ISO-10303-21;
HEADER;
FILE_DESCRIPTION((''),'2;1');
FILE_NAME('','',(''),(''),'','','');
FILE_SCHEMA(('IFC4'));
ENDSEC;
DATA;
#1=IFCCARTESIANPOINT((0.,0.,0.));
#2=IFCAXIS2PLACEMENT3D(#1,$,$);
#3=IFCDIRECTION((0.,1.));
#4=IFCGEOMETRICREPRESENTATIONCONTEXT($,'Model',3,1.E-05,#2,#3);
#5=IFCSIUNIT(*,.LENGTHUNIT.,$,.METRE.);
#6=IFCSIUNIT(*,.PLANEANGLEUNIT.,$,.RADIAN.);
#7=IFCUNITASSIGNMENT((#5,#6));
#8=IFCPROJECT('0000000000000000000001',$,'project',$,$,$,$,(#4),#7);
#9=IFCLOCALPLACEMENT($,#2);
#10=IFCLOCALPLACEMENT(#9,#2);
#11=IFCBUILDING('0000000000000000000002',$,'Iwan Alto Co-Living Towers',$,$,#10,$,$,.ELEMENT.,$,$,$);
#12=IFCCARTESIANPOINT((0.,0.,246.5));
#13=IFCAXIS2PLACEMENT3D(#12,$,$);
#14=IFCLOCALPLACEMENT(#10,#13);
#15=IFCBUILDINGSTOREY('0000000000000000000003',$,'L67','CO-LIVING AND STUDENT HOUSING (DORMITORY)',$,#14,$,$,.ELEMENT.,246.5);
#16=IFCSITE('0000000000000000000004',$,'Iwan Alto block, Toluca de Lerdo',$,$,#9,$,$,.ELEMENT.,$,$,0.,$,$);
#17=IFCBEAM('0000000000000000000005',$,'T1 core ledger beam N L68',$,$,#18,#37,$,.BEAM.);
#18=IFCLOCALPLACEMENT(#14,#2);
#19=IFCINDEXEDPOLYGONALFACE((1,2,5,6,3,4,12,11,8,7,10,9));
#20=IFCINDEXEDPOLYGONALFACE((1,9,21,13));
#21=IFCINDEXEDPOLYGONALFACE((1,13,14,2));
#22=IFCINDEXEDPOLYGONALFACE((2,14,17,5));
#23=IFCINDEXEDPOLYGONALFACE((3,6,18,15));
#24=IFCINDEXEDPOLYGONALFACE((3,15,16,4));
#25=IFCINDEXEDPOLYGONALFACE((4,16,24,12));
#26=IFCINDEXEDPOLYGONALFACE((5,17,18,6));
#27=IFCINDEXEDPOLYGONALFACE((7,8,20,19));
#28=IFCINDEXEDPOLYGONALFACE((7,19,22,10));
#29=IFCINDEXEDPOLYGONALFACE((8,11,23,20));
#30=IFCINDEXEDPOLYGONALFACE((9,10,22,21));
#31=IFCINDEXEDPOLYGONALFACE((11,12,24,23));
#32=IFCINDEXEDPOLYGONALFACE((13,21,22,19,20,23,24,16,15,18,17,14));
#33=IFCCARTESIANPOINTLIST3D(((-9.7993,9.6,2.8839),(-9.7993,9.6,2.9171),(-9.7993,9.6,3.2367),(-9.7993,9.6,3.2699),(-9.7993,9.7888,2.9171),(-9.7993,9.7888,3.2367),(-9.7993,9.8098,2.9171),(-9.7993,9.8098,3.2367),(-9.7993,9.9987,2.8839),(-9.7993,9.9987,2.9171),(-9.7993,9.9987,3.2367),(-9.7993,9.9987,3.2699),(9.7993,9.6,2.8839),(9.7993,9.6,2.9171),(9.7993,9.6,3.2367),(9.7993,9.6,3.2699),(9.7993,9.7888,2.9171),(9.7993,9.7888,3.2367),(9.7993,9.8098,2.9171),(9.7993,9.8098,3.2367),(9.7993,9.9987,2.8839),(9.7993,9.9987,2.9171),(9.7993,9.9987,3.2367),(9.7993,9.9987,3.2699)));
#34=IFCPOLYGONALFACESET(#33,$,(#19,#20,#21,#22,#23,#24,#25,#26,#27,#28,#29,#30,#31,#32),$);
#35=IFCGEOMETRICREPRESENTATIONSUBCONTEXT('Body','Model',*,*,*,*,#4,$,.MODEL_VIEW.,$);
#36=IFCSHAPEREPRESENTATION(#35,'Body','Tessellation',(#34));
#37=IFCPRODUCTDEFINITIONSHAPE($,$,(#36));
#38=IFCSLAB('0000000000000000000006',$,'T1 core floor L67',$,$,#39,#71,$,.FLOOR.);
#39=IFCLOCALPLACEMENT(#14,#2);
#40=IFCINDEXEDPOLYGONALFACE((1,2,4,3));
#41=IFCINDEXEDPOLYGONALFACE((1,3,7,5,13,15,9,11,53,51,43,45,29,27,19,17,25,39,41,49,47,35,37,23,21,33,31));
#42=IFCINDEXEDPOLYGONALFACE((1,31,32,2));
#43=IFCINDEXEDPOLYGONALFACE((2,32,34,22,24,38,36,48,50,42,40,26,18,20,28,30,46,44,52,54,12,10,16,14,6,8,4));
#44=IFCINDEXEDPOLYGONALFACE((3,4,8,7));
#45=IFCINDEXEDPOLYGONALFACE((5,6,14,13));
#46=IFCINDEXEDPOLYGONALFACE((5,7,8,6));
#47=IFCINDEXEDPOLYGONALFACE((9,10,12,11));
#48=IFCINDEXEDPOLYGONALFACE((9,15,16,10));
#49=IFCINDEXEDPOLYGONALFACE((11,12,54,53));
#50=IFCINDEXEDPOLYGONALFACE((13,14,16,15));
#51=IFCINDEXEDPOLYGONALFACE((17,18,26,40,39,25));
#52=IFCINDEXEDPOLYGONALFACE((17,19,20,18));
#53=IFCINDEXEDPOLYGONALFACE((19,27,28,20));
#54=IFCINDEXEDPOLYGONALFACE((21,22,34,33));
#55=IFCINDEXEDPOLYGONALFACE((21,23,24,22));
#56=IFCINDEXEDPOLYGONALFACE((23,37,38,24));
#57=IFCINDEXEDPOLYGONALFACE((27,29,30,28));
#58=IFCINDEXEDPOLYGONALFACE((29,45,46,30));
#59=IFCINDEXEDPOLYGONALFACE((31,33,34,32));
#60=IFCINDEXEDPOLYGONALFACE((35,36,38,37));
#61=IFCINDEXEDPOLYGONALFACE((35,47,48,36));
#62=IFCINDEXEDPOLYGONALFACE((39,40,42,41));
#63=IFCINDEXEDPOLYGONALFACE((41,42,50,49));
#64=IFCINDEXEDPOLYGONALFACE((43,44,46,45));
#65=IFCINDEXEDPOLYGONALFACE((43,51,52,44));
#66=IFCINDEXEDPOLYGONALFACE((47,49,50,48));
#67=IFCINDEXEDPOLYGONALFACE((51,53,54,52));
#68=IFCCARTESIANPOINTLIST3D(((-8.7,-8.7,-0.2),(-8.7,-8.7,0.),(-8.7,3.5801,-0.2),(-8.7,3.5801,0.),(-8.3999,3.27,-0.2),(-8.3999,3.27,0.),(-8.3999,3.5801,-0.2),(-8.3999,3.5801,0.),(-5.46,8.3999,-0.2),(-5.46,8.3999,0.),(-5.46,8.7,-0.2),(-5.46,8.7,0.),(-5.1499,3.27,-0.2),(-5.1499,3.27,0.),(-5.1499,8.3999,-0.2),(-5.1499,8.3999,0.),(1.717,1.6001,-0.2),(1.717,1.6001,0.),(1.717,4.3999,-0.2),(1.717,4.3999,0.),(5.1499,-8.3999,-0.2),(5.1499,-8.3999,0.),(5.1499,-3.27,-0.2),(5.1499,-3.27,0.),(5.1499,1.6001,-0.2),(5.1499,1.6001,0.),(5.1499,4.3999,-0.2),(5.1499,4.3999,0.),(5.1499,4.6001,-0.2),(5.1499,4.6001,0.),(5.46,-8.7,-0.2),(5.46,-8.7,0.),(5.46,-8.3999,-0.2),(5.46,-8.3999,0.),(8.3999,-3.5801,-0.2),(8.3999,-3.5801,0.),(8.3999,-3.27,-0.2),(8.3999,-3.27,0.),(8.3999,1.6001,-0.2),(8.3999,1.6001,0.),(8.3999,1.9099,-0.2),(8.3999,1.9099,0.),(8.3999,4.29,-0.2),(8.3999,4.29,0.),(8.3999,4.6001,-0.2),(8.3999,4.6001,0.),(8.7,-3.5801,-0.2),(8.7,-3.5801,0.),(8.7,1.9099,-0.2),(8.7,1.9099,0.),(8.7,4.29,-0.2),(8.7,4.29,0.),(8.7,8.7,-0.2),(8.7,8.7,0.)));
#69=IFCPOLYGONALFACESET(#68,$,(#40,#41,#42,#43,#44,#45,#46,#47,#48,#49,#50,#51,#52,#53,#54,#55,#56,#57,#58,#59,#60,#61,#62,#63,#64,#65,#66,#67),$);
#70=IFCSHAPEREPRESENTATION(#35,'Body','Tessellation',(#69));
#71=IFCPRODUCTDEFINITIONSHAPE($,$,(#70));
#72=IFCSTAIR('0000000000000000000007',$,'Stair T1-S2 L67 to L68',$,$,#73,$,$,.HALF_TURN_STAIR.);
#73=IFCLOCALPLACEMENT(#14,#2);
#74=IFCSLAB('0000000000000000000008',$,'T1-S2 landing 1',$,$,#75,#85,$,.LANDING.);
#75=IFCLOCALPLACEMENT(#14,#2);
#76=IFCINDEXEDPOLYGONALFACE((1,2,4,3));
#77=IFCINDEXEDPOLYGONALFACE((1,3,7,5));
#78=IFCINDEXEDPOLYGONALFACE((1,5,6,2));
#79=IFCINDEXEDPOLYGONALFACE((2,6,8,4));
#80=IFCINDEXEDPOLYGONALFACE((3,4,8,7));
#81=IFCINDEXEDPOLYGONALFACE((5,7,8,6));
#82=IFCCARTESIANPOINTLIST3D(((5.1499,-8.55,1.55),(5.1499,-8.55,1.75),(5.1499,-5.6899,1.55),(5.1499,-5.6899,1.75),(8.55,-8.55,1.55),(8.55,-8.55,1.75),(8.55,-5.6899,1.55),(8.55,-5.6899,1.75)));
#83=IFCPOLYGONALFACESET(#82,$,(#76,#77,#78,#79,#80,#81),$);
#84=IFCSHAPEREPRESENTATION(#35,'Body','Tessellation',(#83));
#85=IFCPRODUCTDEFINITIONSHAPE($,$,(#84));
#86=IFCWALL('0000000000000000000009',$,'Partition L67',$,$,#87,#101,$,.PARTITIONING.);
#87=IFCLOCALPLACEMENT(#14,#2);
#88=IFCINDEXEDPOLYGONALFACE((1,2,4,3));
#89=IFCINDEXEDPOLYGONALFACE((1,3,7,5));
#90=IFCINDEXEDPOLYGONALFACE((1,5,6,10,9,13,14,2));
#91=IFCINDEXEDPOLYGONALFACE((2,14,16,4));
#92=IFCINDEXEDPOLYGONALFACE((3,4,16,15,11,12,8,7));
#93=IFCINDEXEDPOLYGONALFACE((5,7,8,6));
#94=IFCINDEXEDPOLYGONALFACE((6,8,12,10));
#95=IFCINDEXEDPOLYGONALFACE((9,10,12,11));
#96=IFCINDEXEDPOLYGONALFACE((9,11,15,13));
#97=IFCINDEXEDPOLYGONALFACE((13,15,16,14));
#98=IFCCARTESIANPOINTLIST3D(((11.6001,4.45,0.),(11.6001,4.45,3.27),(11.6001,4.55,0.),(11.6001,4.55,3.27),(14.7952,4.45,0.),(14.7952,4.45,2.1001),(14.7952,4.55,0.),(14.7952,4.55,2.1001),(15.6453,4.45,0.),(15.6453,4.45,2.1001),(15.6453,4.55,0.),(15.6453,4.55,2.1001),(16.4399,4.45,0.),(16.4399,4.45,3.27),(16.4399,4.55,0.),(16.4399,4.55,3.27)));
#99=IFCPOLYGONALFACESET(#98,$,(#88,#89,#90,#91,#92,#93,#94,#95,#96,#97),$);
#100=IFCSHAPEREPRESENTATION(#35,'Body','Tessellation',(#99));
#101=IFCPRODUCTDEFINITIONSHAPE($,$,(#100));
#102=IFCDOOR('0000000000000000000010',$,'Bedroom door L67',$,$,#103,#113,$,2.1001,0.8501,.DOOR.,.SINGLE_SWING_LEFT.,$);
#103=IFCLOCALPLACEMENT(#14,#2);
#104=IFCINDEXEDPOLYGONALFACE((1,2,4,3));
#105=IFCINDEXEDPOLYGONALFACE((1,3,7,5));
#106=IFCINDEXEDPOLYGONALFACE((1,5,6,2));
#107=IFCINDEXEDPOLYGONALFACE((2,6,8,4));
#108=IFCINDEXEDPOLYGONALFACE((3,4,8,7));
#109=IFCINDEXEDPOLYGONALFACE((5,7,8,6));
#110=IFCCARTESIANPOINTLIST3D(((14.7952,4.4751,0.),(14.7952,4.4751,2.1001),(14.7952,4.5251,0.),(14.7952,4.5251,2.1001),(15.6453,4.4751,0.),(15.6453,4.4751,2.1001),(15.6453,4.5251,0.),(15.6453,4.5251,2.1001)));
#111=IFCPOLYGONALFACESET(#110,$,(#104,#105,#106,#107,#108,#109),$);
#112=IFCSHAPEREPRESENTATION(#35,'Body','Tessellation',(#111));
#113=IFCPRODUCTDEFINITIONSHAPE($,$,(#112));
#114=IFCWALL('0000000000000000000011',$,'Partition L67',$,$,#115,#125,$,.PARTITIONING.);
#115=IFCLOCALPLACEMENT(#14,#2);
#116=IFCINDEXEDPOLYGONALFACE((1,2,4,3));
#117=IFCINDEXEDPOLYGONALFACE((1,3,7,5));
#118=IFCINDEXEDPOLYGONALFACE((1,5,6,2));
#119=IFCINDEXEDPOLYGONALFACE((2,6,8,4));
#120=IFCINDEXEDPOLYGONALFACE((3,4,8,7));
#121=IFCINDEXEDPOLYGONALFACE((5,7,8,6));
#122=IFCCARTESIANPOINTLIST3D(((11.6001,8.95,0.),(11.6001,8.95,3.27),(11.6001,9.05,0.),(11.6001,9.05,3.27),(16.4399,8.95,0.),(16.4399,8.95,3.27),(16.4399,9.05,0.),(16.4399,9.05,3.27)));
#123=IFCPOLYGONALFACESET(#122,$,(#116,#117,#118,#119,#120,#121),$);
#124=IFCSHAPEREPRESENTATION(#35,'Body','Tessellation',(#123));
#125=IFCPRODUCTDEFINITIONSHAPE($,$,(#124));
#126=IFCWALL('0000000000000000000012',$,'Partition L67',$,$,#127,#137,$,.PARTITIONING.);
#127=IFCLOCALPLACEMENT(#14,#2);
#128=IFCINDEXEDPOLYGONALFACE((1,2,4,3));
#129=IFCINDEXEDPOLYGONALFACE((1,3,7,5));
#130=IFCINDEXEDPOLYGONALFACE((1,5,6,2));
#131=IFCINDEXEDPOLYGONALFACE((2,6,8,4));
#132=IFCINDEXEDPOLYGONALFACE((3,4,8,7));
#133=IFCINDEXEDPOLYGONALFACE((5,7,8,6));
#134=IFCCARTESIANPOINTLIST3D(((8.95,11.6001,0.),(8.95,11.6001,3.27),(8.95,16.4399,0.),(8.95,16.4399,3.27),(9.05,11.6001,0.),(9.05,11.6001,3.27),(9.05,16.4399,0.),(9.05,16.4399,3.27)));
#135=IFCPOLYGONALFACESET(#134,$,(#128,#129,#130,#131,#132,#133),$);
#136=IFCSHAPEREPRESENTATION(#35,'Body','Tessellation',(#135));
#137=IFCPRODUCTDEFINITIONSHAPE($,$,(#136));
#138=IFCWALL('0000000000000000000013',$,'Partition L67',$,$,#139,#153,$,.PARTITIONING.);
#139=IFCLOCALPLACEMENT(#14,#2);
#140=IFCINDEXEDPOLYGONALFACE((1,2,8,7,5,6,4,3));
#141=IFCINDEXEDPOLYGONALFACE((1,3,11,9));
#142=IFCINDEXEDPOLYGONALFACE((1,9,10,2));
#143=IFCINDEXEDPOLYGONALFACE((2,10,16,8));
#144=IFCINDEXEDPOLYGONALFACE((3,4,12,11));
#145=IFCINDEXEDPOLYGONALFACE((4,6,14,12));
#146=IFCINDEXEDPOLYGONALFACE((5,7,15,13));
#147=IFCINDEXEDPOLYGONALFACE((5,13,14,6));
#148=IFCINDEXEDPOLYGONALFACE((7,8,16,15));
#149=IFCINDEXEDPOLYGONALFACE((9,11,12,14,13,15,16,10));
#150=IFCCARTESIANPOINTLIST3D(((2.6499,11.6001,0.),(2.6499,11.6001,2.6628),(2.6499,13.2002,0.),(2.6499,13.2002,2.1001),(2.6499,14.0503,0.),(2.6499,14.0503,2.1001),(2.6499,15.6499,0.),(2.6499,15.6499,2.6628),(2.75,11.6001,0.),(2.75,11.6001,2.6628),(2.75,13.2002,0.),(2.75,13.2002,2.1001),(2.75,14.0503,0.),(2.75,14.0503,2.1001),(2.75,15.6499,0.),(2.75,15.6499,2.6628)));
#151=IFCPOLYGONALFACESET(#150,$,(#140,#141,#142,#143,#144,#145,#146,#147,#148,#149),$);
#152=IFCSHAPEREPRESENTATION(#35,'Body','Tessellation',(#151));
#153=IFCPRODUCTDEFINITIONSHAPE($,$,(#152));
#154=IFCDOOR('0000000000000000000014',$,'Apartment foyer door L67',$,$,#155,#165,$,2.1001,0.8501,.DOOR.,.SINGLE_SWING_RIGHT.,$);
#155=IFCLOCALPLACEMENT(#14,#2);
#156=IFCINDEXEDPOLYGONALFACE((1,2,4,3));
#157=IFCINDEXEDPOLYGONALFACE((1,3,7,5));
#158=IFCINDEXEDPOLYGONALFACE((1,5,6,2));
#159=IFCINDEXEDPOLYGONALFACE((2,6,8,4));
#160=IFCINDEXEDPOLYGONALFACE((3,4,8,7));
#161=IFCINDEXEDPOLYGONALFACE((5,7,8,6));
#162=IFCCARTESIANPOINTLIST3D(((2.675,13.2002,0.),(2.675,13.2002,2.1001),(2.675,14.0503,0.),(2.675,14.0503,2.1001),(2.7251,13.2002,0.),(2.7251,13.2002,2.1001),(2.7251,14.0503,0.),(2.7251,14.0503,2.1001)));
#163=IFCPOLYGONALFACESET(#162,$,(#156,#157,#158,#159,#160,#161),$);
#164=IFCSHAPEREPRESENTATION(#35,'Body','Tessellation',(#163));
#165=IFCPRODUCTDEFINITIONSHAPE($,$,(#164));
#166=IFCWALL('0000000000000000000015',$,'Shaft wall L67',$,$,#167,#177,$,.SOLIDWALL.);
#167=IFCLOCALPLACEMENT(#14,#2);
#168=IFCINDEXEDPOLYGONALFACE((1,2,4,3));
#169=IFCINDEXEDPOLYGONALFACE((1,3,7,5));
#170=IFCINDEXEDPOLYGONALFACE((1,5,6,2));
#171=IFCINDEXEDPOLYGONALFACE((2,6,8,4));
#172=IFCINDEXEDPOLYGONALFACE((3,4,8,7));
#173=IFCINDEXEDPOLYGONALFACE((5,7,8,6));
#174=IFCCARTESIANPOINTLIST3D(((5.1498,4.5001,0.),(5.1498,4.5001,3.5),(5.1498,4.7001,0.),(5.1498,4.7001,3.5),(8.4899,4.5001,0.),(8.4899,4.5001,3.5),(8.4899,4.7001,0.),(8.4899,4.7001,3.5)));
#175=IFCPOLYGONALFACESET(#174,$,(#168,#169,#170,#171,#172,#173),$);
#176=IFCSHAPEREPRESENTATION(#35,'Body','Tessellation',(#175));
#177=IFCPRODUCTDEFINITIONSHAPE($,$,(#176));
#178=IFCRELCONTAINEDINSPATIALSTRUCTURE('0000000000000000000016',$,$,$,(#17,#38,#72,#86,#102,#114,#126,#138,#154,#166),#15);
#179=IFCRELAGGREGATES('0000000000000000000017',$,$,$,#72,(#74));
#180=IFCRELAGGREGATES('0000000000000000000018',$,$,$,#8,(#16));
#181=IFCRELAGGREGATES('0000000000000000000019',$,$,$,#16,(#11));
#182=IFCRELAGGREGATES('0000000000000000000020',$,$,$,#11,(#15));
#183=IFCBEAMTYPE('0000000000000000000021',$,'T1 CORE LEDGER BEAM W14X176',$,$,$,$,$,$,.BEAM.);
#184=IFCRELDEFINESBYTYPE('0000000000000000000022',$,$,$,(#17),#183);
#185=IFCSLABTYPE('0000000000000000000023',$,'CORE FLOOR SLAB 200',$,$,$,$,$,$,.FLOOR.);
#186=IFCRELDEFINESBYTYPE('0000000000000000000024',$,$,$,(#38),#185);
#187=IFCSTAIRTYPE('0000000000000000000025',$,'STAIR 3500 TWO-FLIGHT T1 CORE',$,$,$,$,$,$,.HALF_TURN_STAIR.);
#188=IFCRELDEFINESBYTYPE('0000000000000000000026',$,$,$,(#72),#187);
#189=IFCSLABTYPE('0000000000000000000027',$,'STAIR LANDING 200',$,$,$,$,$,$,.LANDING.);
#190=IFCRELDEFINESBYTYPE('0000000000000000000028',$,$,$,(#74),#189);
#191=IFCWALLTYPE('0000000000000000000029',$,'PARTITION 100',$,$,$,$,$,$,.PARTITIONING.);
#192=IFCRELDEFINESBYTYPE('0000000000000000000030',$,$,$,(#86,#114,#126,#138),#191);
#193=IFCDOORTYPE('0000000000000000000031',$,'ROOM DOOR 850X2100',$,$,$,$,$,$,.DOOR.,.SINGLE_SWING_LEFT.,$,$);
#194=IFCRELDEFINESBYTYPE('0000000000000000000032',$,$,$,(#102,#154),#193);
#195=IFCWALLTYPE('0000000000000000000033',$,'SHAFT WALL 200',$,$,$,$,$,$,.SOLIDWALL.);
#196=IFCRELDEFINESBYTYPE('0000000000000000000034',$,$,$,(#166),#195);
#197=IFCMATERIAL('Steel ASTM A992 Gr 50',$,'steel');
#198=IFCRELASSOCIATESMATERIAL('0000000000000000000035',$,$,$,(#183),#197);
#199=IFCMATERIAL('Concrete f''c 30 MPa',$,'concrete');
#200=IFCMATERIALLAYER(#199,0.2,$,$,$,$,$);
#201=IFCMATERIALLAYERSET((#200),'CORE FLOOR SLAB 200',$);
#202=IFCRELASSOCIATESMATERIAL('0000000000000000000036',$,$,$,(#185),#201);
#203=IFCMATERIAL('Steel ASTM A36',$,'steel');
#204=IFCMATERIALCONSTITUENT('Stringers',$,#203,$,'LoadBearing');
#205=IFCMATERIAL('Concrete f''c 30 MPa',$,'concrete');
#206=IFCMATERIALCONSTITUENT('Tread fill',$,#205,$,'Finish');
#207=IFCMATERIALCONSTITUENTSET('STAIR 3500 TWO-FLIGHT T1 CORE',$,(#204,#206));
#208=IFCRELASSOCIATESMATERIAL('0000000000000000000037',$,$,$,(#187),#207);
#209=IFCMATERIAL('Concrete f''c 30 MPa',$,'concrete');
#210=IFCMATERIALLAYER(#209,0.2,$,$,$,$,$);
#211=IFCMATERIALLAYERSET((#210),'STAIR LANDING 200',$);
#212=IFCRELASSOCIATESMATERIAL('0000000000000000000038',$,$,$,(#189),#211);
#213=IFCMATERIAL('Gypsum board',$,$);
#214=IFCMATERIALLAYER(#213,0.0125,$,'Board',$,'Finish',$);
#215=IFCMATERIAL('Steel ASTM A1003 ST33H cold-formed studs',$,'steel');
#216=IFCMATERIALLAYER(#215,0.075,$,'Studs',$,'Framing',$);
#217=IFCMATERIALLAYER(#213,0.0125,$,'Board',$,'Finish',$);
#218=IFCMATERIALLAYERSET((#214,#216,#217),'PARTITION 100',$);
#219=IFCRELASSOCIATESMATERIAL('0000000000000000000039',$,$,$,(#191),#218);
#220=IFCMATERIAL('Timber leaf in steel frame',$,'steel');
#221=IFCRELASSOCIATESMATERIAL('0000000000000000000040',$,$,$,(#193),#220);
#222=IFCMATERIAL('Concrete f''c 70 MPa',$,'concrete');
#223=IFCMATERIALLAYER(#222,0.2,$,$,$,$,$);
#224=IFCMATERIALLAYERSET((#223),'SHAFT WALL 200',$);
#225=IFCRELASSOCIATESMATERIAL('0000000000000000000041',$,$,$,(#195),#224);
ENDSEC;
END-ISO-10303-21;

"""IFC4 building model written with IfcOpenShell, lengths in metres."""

from ifc_helpers import new_model, si_unit, direction, frame, frame_2d, origin, origin_2d, place, context, subcontext, project, spatial, polyline, rectangle, i_section, outline, extrude, material, layer, layer_set, constituent, constituent_set, material_profile, profile_set, type_object, element, fill, aggregate, save


model = new_model("IFC4")

# Units and contexts
model_context = context("Model", 3, precision=1e-05, world=origin(), true_north=direction((0.0, 1.0)))
body_context = subcontext(model_context, "Body", "Model", "MODEL_VIEW")
ifc_project = project(units=[si_unit("LENGTHUNIT", "METRE"), si_unit("PLANEANGLEUNIT", "RADIAN")], contexts=[model_context])

# Site, building, storey
site_placement = place(None, origin())
site = spatial("IfcSite", under=ifc_project, at=site_placement, Name="Iwan Alto block, Toluca de Lerdo", CompositionType="ELEMENT", RefElevation=0.0)
building_placement = place(site_placement, origin())
building = spatial("IfcBuilding", under=site, at=building_placement, Name="Iwan Alto Co-Living Towers", CompositionType="ELEMENT")
storey_placement = place(building_placement, frame((0.0, 0.0, 246.5)))
storey = spatial("IfcBuildingStorey", under=building, at=storey_placement, Name="L67", Description="CO-LIVING AND STUDENT HOUSING (DORMITORY)", CompositionType="ELEMENT", Elevation=246.5)

# Beam
ifc_material_1 = material(Name="Steel ASTM A992 Gr 50", Category="steel")
ifc_material_profile = material_profile(ifc_material_1, i_section(OverallWidth=0.3987, OverallDepth=0.386, WebThickness=0.021, FlangeThickness=0.0332, at=origin_2d()), Name="W14X176")
ifc_profile_set = profile_set([ifc_material_profile], Name="Steel ASTM A992 Gr 50")
beam_type = type_object("IfcBeamType", Name="T1 CORE LEDGER BEAM W14X176", PredefinedType="BEAM", material=ifc_profile_set)
beam_placement = place(storey_placement, frame((9.7993, 9.7993, 3.0769), z_axis=(-1.0, 0.0, 0.0), x_axis=(0.0, -1.0, 0.0)))
element("IfcBeam", 1, at=beam_placement, inside=storey, type_object=beam_type, Name="T1 core ledger beam N L68", PredefinedType="BEAM", context=body_context, shape_type="SweptSolid", body=[
    extrude(i_section(OverallWidth=0.3987, OverallDepth=0.386, WebThickness=0.021, FlangeThickness=0.0332, at=origin_2d()), origin(), (0.0, 0.0, 1.0), 19.5986),
])

# Slab
ifc_material_2 = material(Name="Concrete f'c 30 MPa", Category="concrete")
ifc_layer_1 = layer(ifc_material_2, 0.2)
ifc_layer_set_1 = layer_set([ifc_layer_1], Name="CORE FLOOR SLAB 200")
slab_type_1 = type_object("IfcSlabType", Name="CORE FLOOR SLAB 200", PredefinedType="FLOOR", material=ifc_layer_set_1)
slab_1_placement = place(storey_placement, frame((0.0, 0.0, -0.2)))
element("IfcSlab", 2, at=slab_1_placement, inside=storey, type_object=slab_type_1, Name="T1 core floor L67", PredefinedType="FLOOR", context=body_context, shape_type="SweptSolid", body=[
    extrude(outline(polyline([(-8.7, 3.5801), (-8.3999, 3.5801), (-8.3999, 3.27), (-5.1499, 3.27), (-5.1499, 8.3999), (-5.46, 8.3999), (-5.46, 8.7), (8.7, 8.7), (8.7, 4.29), (8.3999, 4.29), (8.3999, 4.6001), (5.1499, 4.6001), (5.1499, 4.3999), (1.717, 4.3999), (1.717, 1.6001), (5.1499, 1.6001), (8.3999, 1.6001), (8.3999, 1.9099), (8.7, 1.9099), (8.7, -3.5801), (8.3999, -3.5801), (8.3999, -3.27), (5.1499, -3.27), (5.1499, -8.3999), (5.46, -8.3999), (5.46, -8.7), (-8.7, -8.7), (-8.7, 3.5801)])), origin(), (0.0, 0.0, 1.0), 0.2),
])

# Stair, slab
ifc_material_3 = material(Name="Steel ASTM A36", Category="steel")
ifc_constituent_1 = constituent(ifc_material_3, Name="Stringers", Category="LoadBearing")
ifc_material_4 = material(Name="Concrete f'c 30 MPa", Category="concrete")
ifc_constituent_2 = constituent(ifc_material_4, Name="Tread fill", Category="Finish")
ifc_constituent_set = constituent_set(constituents=[ifc_constituent_1, ifc_constituent_2], Name="STAIR 3500 TWO-FLIGHT T1 CORE")
stair_type = type_object("IfcStairType", Name="STAIR 3500 TWO-FLIGHT T1 CORE", PredefinedType="HALF_TURN_STAIR", material=ifc_constituent_set)
stair_placement = place(storey_placement, origin())
stair = element("IfcStair", 3, at=stair_placement, inside=storey, type_object=stair_type, Name="Stair T1-S2 L67 to L68", PredefinedType="HALF_TURN_STAIR")
ifc_material_5 = material(Name="Concrete f'c 30 MPa", Category="concrete")
ifc_layer_2 = layer(ifc_material_5, 0.2)
ifc_layer_set_2 = layer_set([ifc_layer_2], Name="STAIR LANDING 200")
slab_type_2 = type_object("IfcSlabType", Name="STAIR LANDING 200", PredefinedType="LANDING", material=ifc_layer_set_2)
slab_2_placement = place(storey_placement, frame((0.0, 0.0, 1.55)))
slab_2 = element("IfcSlab", 4, at=slab_2_placement, type_object=slab_type_2, Name="T1-S2 landing 1", PredefinedType="LANDING", context=body_context, shape_type="SweptSolid", body=[
    extrude(outline(polyline([(5.1499, -5.6899), (5.1499, -8.55), (8.55, -8.55), (8.55, -5.6899), (5.1499, -5.6899)])), origin(), (0.0, 0.0, 1.0), 0.2),
])
aggregate(stair, [slab_2])

# Wall, opening, door
ifc_material_6 = material(Name="Gypsum board")
ifc_layer_3 = layer(ifc_material_6, 0.0125, Name="Board", Category="Finish")
ifc_material_7 = material(Name="Steel ASTM A1003 ST33H cold-formed studs", Category="steel")
ifc_layer_4 = layer(ifc_material_7, 0.075, Name="Studs", Category="Framing")
ifc_layer_5 = layer(ifc_material_6, 0.0125, Name="Board", Category="Finish")
ifc_layer_set_3 = layer_set([ifc_layer_3, ifc_layer_4, ifc_layer_5], Name="PARTITION 100")
wall_type_1 = type_object("IfcWallType", Name="PARTITION 100", PredefinedType="PARTITIONING", material=ifc_layer_set_3)
wall_1_placement = place(storey_placement, frame((11.6001, 4.5, 0.0), z_axis=(0.0, 0.0, 1.0), x_axis=(1.0, 0.0, 0.0)))
wall_1 = element("IfcWall", 5, at=wall_1_placement, inside=storey, type_object=wall_type_1, Name="Partition L67", PredefinedType="PARTITIONING", context=body_context, shape_type="SweptSolid", body=[
    extrude(rectangle(XDim=4.8398, YDim=0.1001, at=frame_2d((2.4199, 0.0))), origin(), (0.0, 0.0, 1.0), 3.27),
])
opening_1_placement = place(wall_1_placement, frame((3.1951, 0.0, 0.0)))
opening_1 = element("IfcOpeningElement", 6, at=opening_1_placement, cuts=wall_1, PredefinedType="OPENING", context=body_context, shape_type="SweptSolid", body=[
    extrude(rectangle(XDim=0.8501, YDim=2.1001, at=frame_2d((0.425, 1.05))), frame((0.0, 0.0601, 0.0), z_axis=(0.0, -1.0, 0.0), x_axis=(1.0, 0.0, 0.0)), (0.0, 0.0, 1.0), 0.1201),
])
ifc_material_8 = material(Name="Timber leaf in steel frame", Category="steel")
door_type_1 = type_object("IfcDoorType", Name="ROOM DOOR 850X2100", OperationType="SINGLE_SWING_LEFT", PredefinedType="DOOR", material=ifc_material_8)
door_1_placement = place(opening_1_placement, frame((0.8501, 0.0, 0.0), z_axis=(0.0, 0.0, 1.0), x_axis=(-1.0, 0.0, 0.0)))
door_1 = element("IfcDoor", 7, at=door_1_placement, inside=storey, type_object=door_type_1, Name="Bedroom door L67", OperationType="SINGLE_SWING_LEFT", OverallHeight=2.1001, OverallWidth=0.8501, PredefinedType="DOOR", context=body_context, shape_type="SweptSolid", body=[
    extrude(rectangle(XDim=0.8501, YDim=2.1001, at=frame_2d((0.425, 1.05))), frame((0.0, 0.0249, 0.0), z_axis=(0.0, -1.0, 0.0), x_axis=(1.0, 0.0, 0.0)), (0.0, 0.0, 1.0), 0.05),
])
fill(opening_1, door_1)

# Walls
for number, where, z_axis, x_axis, name in (
    (8, (11.6001, 9.0, 0.0), (0.0, 0.0, 1.0), (1.0, 0.0, 0.0), "Partition L67"),
    (9, (9.0, 11.6001, 0.0), (0.0, 0.0, 1.0), (0.0, 1.0, 0.0), "Partition L67"),
):
    element("IfcWall", number, at=place(storey_placement, frame(where, z_axis=z_axis, x_axis=x_axis)), inside=storey, type_object=wall_type_1, Name=name, PredefinedType="PARTITIONING", context=body_context, shape_type="SweptSolid", body=[
        extrude(rectangle(XDim=4.8398, YDim=0.1001, at=frame_2d((2.4199, 0.0))), origin(), (0.0, 0.0, 1.0), 3.27),
    ])

# Wall, opening, door
wall_2_placement = place(storey_placement, frame((2.7, 11.6001, 0.0), z_axis=(0.0, 0.0, 1.0), x_axis=(0.0, 1.0, 0.0)))
wall_2 = element("IfcWall", 10, at=wall_2_placement, inside=storey, type_object=wall_type_1, Name="Partition L67", PredefinedType="PARTITIONING", context=body_context, shape_type="SweptSolid", body=[
    extrude(rectangle(XDim=4.0498, YDim=0.1001, at=frame_2d((2.0249, 0.0))), origin(), (0.0, 0.0, 1.0), 2.6628),
])
opening_2_placement = place(wall_2_placement, frame((1.6001, 0.0, 0.0)))
opening_2 = element("IfcOpeningElement", 11, at=opening_2_placement, cuts=wall_2, PredefinedType="OPENING", context=body_context, shape_type="SweptSolid", body=[
    extrude(rectangle(XDim=0.8501, YDim=2.1001, at=frame_2d((0.425, 1.05))), frame((0.0, 0.0601, 0.0), z_axis=(0.0, -1.0, 0.0), x_axis=(1.0, 0.0, 0.0)), (0.0, 0.0, 1.0), 0.1201),
])
door_2_placement = place(opening_2_placement, origin())
door_2 = element("IfcDoor", 12, at=door_2_placement, inside=storey, type_object=door_type_1, Name="Apartment foyer door L67", OperationType="SINGLE_SWING_RIGHT", OverallHeight=2.1001, OverallWidth=0.8501, PredefinedType="DOOR", context=body_context, shape_type="SweptSolid", body=[
    extrude(rectangle(XDim=0.8501, YDim=2.1001, at=frame_2d((0.425, 1.05))), frame((0.0, 0.0249, 0.0), z_axis=(0.0, -1.0, 0.0), x_axis=(1.0, 0.0, 0.0)), (0.0, 0.0, 1.0), 0.05),
])
fill(opening_2, door_2)

# Wall
ifc_material_9 = material(Name="Concrete f'c 70 MPa", Category="concrete")
ifc_layer_6 = layer(ifc_material_9, 0.2)
ifc_layer_set_4 = layer_set([ifc_layer_6], Name="SHAFT WALL 200")
wall_type_2 = type_object("IfcWallType", Name="SHAFT WALL 200", PredefinedType="SOLIDWALL", material=ifc_layer_set_4)
wall_3_placement = place(storey_placement, frame((5.1499, 4.6001, 0.0), z_axis=(0.0, 0.0, 1.0), x_axis=(1.0, 0.0, 0.0)))
element("IfcWall", 13, at=wall_3_placement, inside=storey, type_object=wall_type_2, Name="Shaft wall L67", PredefinedType="SOLIDWALL", context=body_context, shape_type="SweptSolid", body=[
    extrude(rectangle(XDim=3.3401, YDim=0.2, at=frame_2d((1.6699, 0.0))), origin(), (0.0, 0.0, 1.0), 3.5),
])

save(model, "model.ifc")
